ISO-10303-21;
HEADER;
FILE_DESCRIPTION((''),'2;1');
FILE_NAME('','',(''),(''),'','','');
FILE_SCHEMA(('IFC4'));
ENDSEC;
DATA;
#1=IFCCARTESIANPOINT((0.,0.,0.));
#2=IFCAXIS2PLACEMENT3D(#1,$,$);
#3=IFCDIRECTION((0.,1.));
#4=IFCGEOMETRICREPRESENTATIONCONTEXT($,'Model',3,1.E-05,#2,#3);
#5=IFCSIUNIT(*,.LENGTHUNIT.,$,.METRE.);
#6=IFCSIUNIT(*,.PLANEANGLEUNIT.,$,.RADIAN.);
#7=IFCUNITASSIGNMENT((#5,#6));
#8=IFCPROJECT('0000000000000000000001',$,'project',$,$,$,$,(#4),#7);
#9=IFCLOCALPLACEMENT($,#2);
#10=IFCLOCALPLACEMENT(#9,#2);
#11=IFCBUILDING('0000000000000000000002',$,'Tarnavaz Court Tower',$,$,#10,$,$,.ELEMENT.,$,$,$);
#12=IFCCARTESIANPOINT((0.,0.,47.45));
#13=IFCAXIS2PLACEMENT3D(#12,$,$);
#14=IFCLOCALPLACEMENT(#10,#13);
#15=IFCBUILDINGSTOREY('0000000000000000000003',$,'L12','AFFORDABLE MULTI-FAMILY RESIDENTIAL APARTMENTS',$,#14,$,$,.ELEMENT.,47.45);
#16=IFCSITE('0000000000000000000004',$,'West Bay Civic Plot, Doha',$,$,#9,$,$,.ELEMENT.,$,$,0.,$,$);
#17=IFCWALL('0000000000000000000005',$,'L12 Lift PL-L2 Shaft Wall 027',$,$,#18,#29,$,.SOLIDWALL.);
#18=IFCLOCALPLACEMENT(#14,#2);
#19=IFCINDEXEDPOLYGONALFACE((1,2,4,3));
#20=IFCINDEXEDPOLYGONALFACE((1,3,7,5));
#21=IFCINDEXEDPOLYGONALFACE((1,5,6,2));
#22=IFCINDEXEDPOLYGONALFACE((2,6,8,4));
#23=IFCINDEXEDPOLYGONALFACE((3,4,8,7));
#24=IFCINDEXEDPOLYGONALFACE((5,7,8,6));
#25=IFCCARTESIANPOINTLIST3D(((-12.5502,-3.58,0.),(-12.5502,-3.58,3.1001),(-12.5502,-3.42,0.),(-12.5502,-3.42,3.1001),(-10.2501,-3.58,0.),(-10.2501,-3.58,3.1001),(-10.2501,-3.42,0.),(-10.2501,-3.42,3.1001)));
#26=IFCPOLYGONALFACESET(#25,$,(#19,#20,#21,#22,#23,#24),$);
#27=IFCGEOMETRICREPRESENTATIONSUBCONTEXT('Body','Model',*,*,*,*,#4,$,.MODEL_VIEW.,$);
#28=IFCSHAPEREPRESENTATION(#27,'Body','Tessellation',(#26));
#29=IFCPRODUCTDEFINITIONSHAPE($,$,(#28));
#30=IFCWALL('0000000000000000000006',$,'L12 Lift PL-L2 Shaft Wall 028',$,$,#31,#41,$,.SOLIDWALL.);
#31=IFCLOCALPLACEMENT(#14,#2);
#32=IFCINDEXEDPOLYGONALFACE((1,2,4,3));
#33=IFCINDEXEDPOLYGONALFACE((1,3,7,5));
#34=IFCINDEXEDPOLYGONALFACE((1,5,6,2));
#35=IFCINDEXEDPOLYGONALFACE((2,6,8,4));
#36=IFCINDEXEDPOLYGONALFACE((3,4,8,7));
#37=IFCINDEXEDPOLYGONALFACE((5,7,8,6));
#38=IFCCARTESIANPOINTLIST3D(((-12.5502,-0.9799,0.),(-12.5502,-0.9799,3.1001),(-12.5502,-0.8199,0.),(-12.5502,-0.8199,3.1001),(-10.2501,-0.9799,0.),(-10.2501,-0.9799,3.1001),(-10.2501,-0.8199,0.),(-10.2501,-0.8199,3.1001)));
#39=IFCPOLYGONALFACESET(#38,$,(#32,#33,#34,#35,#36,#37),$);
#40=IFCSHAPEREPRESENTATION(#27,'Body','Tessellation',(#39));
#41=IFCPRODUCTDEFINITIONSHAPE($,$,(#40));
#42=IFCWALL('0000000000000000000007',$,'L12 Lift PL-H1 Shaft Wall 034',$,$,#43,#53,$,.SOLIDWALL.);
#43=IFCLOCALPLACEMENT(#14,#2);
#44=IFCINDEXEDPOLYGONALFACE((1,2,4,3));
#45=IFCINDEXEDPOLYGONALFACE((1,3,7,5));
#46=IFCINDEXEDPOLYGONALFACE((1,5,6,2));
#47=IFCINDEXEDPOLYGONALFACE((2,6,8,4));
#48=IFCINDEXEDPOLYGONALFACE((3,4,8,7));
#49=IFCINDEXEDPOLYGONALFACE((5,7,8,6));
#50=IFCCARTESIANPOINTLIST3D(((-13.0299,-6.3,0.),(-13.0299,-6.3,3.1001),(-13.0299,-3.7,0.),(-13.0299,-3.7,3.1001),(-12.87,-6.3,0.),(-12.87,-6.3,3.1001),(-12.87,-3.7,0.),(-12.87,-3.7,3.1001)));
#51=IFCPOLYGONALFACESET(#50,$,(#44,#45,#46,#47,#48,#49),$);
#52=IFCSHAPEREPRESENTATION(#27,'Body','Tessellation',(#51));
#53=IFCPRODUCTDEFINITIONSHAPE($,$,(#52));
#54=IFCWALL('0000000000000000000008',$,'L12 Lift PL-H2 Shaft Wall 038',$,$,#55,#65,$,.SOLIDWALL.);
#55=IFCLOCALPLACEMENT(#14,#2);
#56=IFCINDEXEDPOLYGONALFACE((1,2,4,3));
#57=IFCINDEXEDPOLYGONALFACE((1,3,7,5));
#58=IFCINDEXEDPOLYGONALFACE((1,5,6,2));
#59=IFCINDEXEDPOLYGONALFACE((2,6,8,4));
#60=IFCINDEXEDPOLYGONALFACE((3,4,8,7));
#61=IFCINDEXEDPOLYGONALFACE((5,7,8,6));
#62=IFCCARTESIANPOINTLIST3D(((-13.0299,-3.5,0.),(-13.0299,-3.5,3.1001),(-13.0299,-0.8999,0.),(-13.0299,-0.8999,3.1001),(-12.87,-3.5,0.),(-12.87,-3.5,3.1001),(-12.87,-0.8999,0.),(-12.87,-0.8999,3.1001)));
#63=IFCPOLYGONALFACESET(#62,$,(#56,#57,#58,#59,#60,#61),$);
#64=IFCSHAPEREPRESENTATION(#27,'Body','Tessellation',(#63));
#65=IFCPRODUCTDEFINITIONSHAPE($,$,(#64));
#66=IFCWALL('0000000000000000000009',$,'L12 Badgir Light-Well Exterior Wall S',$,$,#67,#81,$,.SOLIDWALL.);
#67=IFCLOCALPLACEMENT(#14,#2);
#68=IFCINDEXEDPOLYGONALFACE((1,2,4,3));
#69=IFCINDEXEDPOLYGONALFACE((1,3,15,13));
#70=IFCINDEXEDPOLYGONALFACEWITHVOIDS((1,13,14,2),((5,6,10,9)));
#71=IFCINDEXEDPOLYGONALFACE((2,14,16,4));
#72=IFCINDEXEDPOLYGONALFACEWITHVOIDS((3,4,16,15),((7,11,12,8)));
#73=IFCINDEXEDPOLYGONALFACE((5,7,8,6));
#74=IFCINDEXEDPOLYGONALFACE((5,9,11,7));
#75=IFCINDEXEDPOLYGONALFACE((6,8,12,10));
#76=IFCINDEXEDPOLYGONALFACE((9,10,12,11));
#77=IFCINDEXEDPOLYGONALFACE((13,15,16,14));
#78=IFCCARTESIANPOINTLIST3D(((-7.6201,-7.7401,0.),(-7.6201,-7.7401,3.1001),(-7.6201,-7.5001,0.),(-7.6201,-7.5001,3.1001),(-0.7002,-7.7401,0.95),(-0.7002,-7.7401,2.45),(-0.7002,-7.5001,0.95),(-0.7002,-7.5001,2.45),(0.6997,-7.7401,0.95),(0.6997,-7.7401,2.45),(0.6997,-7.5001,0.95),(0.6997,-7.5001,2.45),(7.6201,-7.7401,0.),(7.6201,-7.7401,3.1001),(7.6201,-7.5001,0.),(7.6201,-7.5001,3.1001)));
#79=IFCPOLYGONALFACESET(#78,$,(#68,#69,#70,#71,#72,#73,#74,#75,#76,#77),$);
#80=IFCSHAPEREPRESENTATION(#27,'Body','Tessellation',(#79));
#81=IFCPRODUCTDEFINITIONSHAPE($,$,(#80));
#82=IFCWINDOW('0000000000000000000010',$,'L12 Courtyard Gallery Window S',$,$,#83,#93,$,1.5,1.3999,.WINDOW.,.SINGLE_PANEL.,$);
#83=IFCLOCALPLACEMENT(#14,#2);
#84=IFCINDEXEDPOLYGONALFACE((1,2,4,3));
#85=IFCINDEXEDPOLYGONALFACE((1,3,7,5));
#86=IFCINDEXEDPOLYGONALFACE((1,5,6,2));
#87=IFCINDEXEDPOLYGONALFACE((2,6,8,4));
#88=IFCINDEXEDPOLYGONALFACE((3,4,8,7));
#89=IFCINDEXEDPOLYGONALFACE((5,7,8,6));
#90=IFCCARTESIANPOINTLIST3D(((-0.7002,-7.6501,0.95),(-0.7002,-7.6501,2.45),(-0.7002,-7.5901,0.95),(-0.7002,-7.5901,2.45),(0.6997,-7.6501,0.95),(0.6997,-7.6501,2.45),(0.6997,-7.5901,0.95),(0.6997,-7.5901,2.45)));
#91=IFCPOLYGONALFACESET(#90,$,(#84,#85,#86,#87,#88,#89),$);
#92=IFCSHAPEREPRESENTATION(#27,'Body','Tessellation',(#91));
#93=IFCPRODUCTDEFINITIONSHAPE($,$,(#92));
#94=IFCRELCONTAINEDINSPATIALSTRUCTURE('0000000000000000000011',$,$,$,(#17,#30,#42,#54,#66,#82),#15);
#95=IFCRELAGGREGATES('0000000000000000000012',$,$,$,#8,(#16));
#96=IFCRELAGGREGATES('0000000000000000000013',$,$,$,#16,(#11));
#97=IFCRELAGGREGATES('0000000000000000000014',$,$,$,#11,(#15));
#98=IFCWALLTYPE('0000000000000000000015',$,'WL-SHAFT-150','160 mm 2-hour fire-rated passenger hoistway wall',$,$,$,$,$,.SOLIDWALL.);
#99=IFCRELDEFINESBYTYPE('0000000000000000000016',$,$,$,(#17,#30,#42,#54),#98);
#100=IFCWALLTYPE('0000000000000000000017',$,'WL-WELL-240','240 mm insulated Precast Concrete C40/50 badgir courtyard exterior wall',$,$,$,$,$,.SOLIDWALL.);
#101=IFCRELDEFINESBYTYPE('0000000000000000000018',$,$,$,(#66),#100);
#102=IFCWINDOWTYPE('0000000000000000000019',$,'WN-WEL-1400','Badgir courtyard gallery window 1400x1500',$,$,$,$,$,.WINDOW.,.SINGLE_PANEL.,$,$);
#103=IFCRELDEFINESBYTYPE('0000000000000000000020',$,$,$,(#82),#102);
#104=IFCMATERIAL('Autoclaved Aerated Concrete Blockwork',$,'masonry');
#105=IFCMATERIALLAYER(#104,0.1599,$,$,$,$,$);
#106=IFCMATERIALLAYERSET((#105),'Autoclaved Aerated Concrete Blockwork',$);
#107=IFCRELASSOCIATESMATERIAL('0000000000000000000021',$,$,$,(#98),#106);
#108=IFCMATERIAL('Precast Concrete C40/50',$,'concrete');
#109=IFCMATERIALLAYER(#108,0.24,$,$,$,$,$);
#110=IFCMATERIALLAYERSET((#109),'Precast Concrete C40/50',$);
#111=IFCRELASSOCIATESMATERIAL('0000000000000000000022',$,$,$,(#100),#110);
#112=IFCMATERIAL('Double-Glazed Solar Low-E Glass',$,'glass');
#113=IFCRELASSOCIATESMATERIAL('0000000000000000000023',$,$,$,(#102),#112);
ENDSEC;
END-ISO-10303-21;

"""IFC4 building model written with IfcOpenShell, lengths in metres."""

from ifc_helpers import new_model, si_unit, direction, frame, frame_2d, origin, place, context, subcontext, project, spatial, rectangle, extrude, material, layer, layer_set, type_object, element, fill, save


model = new_model("IFC4")

# Units and contexts
model_context = context("Model", 3, precision=1e-05, world=origin(), true_north=direction((0.0, 1.0)))
body_context = subcontext(model_context, "Body", "Model", "MODEL_VIEW")
ifc_project = project(units=[si_unit("LENGTHUNIT", "METRE"), si_unit("PLANEANGLEUNIT", "RADIAN")], contexts=[model_context])

# Site, building, storey
site_placement = place(None, origin())
site = spatial("IfcSite", under=ifc_project, at=site_placement, Name="West Bay Civic Plot, Doha", CompositionType="ELEMENT", RefElevation=0.0)
building_placement = place(site_placement, origin())
building = spatial("IfcBuilding", under=site, at=building_placement, Name="Tarnavaz Court Tower", CompositionType="ELEMENT")
storey_placement = place(building_placement, frame((0.0, 0.0, 47.45)))
storey = spatial("IfcBuildingStorey", under=building, at=storey_placement, Name="L12", Description="AFFORDABLE MULTI-FAMILY RESIDENTIAL APARTMENTS", CompositionType="ELEMENT", Elevation=47.45)

# Shared definitions
ifc_material_1 = material(Name="Autoclaved Aerated Concrete Blockwork", Category="masonry")
ifc_layer_1 = layer(ifc_material_1, 0.1599)
ifc_layer_set_1 = layer_set([ifc_layer_1], Name="Autoclaved Aerated Concrete Blockwork")
wall_type_1 = type_object("IfcWallType", Name="WL-SHAFT-150", Description="160 mm 2-hour fire-rated passenger hoistway wall", PredefinedType="SOLIDWALL", material=ifc_layer_set_1)

# Walls
for number, where, z_axis, x_axis, name in (
    (1, (-12.55, -3.5, 0.0), (0.0, 0.0, 1.0), (1.0, 0.0, 0.0), "L12 Lift PL-L2 Shaft Wall 027"),
    (2, (-12.55, -0.8999, 0.0), (0.0, 0.0, 1.0), (1.0, 0.0, 0.0), "L12 Lift PL-L2 Shaft Wall 028"),
):
    element("IfcWall", number, at=place(storey_placement, frame(where, z_axis=z_axis, x_axis=x_axis)), inside=storey, type_object=wall_type_1, Name=name, PredefinedType="SOLIDWALL", context=body_context, shape_type="SweptSolid", body=[
        extrude(rectangle(XDim=2.3, YDim=0.1599, at=frame_2d((1.1499, 0.0))), origin(), (0.0, 0.0, 1.0), 3.1001),
    ])
for number, where, z_axis, x_axis, name in (
    (3, (-12.95, -6.3, 0.0), (0.0, 0.0, 1.0), (0.0, 1.0, 0.0), "L12 Lift PL-H1 Shaft Wall 034"),
    (4, (-12.95, -3.5, 0.0), (0.0, 0.0, 1.0), (0.0, 1.0, 0.0), "L12 Lift PL-H2 Shaft Wall 038"),
):
    element("IfcWall", number, at=place(storey_placement, frame(where, z_axis=z_axis, x_axis=x_axis)), inside=storey, type_object=wall_type_1, Name=name, PredefinedType="SOLIDWALL", context=body_context, shape_type="SweptSolid", body=[
        extrude(rectangle(XDim=2.6001, YDim=0.1599, at=frame_2d((1.3, 0.0))), origin(), (0.0, 0.0, 1.0), 3.1001),
    ])

# Wall, opening, window
ifc_material_2 = material(Name="Precast Concrete C40/50", Category="concrete")
ifc_layer_2 = layer(ifc_material_2, 0.24)
ifc_layer_set_2 = layer_set([ifc_layer_2], Name="Precast Concrete C40/50")
wall_type_2 = type_object("IfcWallType", Name="WL-WELL-240", Description="240 mm insulated Precast Concrete C40/50 badgir courtyard exterior wall", PredefinedType="SOLIDWALL", material=ifc_layer_set_2)
wall_1_placement = place(storey_placement, frame((-7.6201, -7.6201, 0.0), z_axis=(0.0, 0.0, 1.0), x_axis=(1.0, 0.0, 0.0)))
wall_1 = element("IfcWall", 5, at=wall_1_placement, inside=storey, type_object=wall_type_2, Name="L12 Badgir Light-Well Exterior Wall S", PredefinedType="SOLIDWALL", context=body_context, shape_type="SweptSolid", body=[
    extrude(rectangle(XDim=15.2402, YDim=0.24, at=frame_2d((7.6201, 0.0))), origin(), (0.0, 0.0, 1.0), 3.1001),
])
opening_1_placement = place(wall_1_placement, frame((6.9199, 0.0, 0.95)))
opening_1 = element("IfcOpeningElement", 6, at=opening_1_placement, cuts=wall_1, PredefinedType="OPENING", context=body_context, shape_type="SweptSolid", body=[
    extrude(rectangle(XDim=1.3999, YDim=1.5, at=frame_2d((0.7, 0.75))), frame((0.0, 0.1299, 0.0), z_axis=(0.0, -1.0, 0.0), x_axis=(1.0, 0.0, 0.0)), (0.0, 0.0, 1.0), 0.26),
])
ifc_material_3 = material(Name="Double-Glazed Solar Low-E Glass", Category="glass")
window_type = type_object("IfcWindowType", Name="WN-WEL-1400", Description="Badgir courtyard gallery window 1400x1500", PartitioningType="SINGLE_PANEL", PredefinedType="WINDOW", material=ifc_material_3)
window_placement = place(opening_1_placement, origin())
window = element("IfcWindow", 7, at=window_placement, inside=storey, type_object=window_type, Name="L12 Courtyard Gallery Window S", OverallHeight=1.5, OverallWidth=1.3999, PartitioningType="SINGLE_PANEL", PredefinedType="WINDOW", context=body_context, shape_type="SweptSolid", body=[
    extrude(rectangle(XDim=1.3999, YDim=1.5, at=frame_2d((0.7, 0.75))), frame((0.0, 0.03, 0.0), z_axis=(0.0, -1.0, 0.0), x_axis=(1.0, 0.0, 0.0)), (0.0, 0.0, 1.0), 0.0601),
])
fill(opening_1, window)

save(model, "model.ifc")
